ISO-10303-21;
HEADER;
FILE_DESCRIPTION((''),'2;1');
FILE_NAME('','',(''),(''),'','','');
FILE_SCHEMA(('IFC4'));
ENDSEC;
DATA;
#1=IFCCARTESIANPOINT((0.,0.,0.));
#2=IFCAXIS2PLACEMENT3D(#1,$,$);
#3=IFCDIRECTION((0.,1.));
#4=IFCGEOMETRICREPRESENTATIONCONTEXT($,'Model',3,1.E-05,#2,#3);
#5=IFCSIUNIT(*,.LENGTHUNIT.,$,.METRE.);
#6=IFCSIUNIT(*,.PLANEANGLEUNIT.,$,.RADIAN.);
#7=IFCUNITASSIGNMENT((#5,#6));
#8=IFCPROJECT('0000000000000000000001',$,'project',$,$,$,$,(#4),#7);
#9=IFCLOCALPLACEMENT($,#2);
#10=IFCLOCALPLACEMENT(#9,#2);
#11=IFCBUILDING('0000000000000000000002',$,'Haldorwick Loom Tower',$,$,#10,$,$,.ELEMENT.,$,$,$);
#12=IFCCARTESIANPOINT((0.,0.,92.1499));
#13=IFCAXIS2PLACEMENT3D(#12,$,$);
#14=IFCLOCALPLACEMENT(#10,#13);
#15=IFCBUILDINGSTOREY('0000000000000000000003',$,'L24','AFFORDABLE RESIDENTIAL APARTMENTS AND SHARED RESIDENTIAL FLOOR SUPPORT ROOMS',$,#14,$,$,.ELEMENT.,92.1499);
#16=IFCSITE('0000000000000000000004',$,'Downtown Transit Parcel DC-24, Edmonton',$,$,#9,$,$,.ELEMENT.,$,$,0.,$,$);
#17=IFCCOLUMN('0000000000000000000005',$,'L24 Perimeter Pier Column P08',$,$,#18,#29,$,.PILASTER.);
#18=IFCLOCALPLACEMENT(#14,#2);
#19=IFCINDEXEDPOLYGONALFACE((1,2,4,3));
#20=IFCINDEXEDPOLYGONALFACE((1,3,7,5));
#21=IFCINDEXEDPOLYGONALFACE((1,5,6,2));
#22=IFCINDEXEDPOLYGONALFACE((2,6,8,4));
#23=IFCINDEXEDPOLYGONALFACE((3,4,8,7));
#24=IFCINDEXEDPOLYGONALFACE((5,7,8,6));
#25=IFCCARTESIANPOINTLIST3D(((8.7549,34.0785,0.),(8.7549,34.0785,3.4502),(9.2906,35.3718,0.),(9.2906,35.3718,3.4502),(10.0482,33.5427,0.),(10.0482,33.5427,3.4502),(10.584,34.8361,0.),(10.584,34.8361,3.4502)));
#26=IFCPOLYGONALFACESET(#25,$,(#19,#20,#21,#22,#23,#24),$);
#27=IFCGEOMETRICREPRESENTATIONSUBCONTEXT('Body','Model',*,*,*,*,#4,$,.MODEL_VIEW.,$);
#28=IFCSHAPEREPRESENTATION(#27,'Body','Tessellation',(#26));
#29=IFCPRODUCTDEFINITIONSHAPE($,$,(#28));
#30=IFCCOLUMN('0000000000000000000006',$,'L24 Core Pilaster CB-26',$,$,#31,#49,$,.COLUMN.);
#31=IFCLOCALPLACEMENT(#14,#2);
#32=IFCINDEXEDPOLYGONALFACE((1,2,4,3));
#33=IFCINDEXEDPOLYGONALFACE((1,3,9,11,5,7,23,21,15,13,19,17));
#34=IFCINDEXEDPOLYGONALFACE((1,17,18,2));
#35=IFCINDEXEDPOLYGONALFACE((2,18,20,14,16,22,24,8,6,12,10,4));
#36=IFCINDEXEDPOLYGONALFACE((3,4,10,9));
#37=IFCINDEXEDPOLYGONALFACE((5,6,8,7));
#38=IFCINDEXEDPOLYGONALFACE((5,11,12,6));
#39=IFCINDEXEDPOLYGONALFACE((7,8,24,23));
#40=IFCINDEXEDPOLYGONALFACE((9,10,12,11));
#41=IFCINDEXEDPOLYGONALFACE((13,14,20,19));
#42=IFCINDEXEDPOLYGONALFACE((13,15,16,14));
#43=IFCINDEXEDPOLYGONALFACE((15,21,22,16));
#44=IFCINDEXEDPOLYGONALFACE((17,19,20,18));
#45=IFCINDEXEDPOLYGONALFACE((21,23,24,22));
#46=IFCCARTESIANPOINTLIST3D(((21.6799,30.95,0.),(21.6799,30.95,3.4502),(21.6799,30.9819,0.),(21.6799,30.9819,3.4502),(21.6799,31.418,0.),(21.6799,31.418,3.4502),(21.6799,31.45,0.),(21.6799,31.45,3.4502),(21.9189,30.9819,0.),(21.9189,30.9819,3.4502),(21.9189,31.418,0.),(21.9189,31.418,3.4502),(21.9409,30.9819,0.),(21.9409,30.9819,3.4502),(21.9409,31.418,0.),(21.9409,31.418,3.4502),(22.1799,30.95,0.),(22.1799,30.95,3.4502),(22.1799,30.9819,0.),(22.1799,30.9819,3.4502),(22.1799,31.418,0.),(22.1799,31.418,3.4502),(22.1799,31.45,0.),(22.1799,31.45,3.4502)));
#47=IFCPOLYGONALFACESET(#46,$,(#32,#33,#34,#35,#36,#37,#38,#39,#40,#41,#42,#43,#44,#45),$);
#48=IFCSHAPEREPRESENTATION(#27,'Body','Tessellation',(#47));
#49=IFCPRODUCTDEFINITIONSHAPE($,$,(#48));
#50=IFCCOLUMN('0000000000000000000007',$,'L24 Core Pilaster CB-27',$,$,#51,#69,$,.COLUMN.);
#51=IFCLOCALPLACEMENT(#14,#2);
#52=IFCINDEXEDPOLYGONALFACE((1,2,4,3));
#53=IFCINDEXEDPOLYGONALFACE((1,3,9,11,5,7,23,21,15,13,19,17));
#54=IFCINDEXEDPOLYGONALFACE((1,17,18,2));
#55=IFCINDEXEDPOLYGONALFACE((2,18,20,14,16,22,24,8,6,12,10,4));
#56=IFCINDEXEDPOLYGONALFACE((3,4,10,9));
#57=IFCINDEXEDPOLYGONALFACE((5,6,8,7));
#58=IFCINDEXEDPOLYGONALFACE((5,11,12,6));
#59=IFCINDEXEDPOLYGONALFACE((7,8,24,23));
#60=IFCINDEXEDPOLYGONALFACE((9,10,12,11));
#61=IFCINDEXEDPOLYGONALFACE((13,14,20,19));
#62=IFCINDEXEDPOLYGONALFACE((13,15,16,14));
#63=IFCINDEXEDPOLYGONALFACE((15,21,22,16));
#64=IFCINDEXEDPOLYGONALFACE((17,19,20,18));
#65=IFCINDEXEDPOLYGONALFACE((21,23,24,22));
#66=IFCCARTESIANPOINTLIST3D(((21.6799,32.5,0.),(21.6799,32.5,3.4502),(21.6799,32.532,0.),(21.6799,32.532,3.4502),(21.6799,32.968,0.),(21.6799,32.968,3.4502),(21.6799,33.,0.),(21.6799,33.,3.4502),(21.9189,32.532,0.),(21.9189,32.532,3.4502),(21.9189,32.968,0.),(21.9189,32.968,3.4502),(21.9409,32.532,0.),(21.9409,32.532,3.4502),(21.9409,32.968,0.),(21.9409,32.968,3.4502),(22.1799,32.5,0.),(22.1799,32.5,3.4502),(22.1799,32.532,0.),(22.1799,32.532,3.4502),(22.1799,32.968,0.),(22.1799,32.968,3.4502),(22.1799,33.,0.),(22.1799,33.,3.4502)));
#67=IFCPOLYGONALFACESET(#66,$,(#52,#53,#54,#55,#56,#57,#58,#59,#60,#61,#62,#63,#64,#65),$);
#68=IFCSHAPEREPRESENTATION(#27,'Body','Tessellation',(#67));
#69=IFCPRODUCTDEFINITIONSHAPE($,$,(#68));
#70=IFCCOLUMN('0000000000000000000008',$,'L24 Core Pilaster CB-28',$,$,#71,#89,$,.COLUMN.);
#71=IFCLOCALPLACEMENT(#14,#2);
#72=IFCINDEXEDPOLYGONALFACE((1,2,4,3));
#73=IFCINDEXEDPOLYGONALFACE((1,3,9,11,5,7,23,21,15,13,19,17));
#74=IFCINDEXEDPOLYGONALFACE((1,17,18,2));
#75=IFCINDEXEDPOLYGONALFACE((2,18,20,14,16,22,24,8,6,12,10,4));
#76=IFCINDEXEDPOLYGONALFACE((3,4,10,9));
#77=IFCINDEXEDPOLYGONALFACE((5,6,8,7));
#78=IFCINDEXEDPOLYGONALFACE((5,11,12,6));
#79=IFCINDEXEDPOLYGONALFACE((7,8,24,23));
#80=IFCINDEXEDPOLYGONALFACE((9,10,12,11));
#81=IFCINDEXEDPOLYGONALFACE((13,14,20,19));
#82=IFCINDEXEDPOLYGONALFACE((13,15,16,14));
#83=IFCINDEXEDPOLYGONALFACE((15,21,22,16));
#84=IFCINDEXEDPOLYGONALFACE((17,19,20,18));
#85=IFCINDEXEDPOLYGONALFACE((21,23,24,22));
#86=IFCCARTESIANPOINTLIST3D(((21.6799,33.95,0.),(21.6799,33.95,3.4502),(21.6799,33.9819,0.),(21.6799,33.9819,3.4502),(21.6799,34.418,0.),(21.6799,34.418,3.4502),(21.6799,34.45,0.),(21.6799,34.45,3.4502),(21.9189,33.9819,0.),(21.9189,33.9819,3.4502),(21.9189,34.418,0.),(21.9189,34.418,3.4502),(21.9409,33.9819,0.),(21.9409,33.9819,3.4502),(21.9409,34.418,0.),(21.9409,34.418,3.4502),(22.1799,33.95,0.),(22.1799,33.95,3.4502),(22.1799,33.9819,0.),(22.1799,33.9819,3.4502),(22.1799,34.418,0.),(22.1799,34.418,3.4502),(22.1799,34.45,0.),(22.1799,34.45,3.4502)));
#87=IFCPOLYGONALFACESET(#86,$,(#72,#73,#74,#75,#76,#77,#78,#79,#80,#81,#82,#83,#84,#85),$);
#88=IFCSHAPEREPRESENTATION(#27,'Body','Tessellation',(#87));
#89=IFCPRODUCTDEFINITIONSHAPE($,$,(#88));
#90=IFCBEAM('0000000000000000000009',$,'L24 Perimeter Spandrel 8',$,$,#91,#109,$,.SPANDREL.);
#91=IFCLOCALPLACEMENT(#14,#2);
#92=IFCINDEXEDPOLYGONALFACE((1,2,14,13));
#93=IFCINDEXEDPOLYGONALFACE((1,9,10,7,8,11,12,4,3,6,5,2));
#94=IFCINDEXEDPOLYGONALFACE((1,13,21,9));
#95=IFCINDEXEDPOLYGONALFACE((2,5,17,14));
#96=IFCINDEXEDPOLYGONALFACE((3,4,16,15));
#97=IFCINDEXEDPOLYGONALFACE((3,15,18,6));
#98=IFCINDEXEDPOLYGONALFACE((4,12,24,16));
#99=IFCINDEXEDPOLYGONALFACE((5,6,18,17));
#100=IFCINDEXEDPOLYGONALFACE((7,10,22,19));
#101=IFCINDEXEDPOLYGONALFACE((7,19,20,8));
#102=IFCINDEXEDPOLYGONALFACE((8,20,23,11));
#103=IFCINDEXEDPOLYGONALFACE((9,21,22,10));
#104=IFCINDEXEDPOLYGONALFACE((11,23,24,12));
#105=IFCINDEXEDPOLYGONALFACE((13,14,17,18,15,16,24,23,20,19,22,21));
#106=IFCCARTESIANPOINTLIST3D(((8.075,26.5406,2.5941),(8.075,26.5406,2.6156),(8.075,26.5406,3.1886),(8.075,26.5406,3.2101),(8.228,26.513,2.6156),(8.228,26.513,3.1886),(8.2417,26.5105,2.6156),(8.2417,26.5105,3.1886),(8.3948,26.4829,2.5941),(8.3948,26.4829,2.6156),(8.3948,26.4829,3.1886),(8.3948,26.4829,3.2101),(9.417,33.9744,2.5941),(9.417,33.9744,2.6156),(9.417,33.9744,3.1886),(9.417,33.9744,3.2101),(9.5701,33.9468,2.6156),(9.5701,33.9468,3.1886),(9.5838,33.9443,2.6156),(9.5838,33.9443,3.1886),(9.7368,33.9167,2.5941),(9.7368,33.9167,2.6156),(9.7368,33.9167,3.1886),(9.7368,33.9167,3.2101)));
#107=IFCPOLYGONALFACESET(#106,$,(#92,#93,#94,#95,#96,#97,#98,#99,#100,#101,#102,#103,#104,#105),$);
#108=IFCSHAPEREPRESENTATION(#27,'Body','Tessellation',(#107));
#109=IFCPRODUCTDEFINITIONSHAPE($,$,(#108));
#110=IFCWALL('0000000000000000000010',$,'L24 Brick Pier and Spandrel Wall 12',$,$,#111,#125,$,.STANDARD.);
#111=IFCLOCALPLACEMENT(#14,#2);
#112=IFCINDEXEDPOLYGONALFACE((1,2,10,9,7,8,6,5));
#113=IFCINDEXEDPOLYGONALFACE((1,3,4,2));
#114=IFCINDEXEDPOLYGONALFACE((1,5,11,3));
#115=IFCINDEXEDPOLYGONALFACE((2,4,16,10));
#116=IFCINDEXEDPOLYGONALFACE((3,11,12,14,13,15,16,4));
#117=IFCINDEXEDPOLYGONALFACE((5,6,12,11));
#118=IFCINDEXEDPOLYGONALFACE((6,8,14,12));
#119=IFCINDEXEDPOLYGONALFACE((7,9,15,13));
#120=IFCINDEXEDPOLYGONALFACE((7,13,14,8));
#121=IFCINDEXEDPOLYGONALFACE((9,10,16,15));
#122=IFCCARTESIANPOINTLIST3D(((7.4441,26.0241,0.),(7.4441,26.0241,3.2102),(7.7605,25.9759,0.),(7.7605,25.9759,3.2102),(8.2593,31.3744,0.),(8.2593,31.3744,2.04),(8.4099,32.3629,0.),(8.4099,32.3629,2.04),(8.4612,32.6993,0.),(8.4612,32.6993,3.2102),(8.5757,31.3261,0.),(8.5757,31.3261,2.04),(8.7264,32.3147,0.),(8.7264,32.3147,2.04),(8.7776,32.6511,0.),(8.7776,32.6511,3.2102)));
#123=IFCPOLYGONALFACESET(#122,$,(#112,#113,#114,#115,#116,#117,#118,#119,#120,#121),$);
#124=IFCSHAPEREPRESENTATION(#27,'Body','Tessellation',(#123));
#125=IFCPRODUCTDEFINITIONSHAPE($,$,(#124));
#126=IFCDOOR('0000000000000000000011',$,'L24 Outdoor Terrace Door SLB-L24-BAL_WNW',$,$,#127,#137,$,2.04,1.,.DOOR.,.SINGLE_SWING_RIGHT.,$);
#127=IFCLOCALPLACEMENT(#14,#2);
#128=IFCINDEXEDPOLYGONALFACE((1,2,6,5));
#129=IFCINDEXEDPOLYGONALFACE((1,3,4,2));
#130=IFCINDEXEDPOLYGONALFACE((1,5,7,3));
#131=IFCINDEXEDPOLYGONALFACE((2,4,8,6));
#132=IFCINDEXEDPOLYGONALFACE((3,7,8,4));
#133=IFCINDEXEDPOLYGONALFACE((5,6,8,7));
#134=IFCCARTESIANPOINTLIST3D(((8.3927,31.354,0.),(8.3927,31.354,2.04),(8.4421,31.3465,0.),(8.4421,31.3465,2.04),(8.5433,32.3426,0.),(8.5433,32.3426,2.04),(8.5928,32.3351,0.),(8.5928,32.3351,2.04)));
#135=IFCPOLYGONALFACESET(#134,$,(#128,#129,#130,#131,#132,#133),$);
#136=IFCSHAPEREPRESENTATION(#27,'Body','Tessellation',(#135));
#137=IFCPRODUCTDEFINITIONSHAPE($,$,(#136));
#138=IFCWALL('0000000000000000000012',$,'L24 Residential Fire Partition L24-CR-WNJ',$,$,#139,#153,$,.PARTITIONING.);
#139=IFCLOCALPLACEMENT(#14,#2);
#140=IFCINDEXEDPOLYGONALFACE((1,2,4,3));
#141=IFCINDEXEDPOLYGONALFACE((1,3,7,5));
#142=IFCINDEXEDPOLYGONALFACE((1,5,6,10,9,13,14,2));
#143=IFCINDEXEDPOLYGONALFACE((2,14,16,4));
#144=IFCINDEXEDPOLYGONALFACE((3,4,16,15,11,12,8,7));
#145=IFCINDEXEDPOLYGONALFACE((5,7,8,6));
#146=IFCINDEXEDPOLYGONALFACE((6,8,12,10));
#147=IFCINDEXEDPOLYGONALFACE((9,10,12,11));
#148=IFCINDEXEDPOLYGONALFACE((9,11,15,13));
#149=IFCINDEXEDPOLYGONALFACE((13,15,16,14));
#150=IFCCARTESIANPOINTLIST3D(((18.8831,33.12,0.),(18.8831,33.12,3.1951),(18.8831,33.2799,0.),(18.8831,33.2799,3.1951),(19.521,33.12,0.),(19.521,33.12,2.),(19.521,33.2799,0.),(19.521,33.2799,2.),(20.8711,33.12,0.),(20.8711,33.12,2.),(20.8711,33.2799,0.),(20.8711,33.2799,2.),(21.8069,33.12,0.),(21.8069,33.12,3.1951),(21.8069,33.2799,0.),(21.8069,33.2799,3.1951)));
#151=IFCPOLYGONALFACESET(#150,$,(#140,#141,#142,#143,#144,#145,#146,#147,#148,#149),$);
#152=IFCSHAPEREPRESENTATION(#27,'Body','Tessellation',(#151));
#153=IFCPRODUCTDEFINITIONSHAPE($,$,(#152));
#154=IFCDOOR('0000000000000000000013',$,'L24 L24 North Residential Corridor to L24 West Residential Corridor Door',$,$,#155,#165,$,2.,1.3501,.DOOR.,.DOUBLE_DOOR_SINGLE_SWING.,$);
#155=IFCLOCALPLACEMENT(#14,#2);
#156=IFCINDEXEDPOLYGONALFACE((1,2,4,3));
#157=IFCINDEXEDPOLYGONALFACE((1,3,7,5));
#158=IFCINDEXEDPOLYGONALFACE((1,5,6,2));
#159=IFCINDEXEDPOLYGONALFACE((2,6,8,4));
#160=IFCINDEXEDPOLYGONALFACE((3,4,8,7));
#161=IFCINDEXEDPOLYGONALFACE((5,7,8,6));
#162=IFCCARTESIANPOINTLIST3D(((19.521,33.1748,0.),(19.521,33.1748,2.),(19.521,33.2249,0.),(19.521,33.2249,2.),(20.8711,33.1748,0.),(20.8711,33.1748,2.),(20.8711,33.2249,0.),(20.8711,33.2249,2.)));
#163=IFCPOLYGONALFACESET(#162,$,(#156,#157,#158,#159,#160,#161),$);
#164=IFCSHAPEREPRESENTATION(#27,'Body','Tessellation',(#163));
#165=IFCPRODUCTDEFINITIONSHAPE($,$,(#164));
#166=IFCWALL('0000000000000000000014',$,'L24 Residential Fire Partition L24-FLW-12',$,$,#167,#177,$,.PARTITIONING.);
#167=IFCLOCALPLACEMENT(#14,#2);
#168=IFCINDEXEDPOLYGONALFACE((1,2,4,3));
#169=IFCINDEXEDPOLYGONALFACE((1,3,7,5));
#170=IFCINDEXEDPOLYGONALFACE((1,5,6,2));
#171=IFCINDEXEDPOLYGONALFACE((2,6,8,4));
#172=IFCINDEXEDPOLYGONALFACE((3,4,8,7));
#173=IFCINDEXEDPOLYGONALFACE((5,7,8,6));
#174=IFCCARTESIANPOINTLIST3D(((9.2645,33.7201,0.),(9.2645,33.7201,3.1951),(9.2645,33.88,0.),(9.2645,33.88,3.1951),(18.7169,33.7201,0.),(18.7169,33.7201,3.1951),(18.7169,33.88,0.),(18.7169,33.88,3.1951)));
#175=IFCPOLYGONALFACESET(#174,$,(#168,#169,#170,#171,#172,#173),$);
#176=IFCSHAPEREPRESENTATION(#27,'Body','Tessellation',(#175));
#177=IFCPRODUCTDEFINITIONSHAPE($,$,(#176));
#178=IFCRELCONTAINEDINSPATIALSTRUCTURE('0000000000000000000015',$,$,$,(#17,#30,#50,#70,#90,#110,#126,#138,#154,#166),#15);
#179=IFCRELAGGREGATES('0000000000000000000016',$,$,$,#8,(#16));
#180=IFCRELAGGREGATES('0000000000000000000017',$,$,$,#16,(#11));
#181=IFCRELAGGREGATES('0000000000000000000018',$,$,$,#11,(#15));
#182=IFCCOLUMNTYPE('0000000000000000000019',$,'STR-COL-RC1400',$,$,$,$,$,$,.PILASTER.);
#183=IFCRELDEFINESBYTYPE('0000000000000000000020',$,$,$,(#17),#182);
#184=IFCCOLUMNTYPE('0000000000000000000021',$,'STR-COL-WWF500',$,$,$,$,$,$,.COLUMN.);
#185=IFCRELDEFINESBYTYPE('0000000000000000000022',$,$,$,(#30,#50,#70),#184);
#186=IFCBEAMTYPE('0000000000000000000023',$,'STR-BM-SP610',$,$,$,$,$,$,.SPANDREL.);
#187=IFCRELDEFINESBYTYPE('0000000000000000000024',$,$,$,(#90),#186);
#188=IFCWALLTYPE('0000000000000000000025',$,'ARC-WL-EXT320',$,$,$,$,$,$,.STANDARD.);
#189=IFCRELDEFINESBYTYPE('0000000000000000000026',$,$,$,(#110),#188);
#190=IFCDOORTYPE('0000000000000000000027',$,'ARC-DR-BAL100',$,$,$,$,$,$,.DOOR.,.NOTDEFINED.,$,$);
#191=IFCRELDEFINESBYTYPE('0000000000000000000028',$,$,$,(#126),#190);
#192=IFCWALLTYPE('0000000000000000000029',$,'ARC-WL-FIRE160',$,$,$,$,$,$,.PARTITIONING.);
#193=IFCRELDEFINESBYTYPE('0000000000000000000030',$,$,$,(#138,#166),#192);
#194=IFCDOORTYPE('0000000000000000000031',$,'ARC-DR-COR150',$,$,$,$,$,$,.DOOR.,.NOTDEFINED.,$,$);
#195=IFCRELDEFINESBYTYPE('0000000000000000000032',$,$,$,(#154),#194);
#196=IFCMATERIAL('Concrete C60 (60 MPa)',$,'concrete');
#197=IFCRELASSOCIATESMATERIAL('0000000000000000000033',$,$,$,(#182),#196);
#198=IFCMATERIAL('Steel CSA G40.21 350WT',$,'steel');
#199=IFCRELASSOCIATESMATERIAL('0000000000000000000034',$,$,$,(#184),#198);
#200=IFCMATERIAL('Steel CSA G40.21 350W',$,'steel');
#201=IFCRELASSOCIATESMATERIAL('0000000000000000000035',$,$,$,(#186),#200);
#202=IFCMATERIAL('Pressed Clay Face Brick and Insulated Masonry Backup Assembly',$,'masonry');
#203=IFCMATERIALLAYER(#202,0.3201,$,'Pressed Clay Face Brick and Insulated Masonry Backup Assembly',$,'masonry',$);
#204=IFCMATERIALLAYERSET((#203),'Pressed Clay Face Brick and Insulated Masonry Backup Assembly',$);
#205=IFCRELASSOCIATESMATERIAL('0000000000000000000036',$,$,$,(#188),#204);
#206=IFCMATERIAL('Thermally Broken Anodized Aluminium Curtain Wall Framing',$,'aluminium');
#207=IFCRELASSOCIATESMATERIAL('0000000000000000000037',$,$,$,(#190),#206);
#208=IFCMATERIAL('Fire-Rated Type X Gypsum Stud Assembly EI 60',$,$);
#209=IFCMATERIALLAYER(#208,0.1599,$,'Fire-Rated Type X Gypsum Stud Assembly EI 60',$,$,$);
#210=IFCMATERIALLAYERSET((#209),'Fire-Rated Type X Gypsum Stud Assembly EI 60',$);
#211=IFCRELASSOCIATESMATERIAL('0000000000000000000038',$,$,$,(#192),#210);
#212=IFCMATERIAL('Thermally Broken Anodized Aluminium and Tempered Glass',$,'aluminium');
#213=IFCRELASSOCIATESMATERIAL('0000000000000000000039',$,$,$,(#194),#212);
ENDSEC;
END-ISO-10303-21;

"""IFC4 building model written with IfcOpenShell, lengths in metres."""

from ifc_helpers import new_model, si_unit, direction, frame, frame_2d, origin, origin_2d, place, context, subcontext, project, spatial, rectangle, i_section, extrude, material, layer, layer_set, material_profile, profile_set, type_object, element, fill, save


model = new_model("IFC4")

# Units and contexts
model_context = context("Model", 3, precision=1e-05, world=origin(), true_north=direction((0.0, 1.0)))
body_context = subcontext(model_context, "Body", "Model", "MODEL_VIEW")
ifc_project = project(units=[si_unit("LENGTHUNIT", "METRE"), si_unit("PLANEANGLEUNIT", "RADIAN")], contexts=[model_context])

# Site, building, storey
site_placement = place(None, origin())
site = spatial("IfcSite", under=ifc_project, at=site_placement, Name="Downtown Transit Parcel DC-24, Edmonton", CompositionType="ELEMENT", RefElevation=0.0)
building_placement = place(site_placement, origin())
building = spatial("IfcBuilding", under=site, at=building_placement, Name="Haldorwick Loom Tower", CompositionType="ELEMENT")
storey_placement = place(building_placement, frame((0.0, 0.0, 92.1499)))
storey = spatial("IfcBuildingStorey", under=building, at=storey_placement, Name="L24", Description="AFFORDABLE RESIDENTIAL APARTMENTS AND SHARED RESIDENTIAL FLOOR SUPPORT ROOMS", CompositionType="ELEMENT", Elevation=92.1499)

# Columns
ifc_material_1 = material(Name="Concrete C60 (60 MPa)", Category="concrete")
ifc_material_profile_1 = material_profile(ifc_material_1, rectangle(XDim=1.3999, YDim=1.3999, at=origin_2d()), Name="RC1400X1400", Category="concrete")
ifc_profile_set_1 = profile_set([ifc_material_profile_1], Name="Concrete C60 (60 MPa)")
column_type_1 = type_object("IfcColumnType", Name="STR-COL-RC1400", PredefinedType="PILASTER", material=ifc_profile_set_1)
column_placement = place(storey_placement, frame((9.6694, 34.4573, 0.0), z_axis=(0.0, 0.0, 1.0), x_axis=(-0.92388, 0.382683, 0.0)))
element("IfcColumn", 1, at=column_placement, inside=storey, type_object=column_type_1, Name="L24 Perimeter Pier Column P08", PredefinedType="PILASTER", context=body_context, shape_type="SweptSolid", body=[
    extrude(rectangle(XDim=1.3999, YDim=1.3999, at=origin_2d()), origin(), (0.0, 0.0, 1.0), 3.4502),
])
ifc_material_2 = material(Name="Steel CSA G40.21 350WT", Category="steel")
ifc_material_profile_2 = material_profile(ifc_material_2, i_section(OverallWidth=0.5, OverallDepth=0.5, WebThickness=0.022, FlangeThickness=0.032, at=origin_2d()), Name="WWF500X500", Category="steel")
ifc_profile_set_2 = profile_set([ifc_material_profile_2], Name="Steel CSA G40.21 350WT")
column_type_2 = type_object("IfcColumnType", Name="STR-COL-WWF500", PredefinedType="COLUMN", material=ifc_profile_set_2)
for number, where, z_axis, x_axis, name in (
    (2, (21.9299, 31.2, 0.0), (0.0, 0.0, 1.0), (1.0, 0.0, 0.0), "L24 Core Pilaster CB-26"),
    (3, (21.9299, 32.75, 0.0), (0.0, 0.0, 1.0), (1.0, 0.0, 0.0), "L24 Core Pilaster CB-27"),
    (4, (21.9299, 34.2, 0.0), (0.0, 0.0, 1.0), (1.0, 0.0, 0.0), "L24 Core Pilaster CB-28"),
):
    element("IfcColumn", number, at=place(storey_placement, frame(where, z_axis=z_axis, x_axis=x_axis)), inside=storey, type_object=column_type_2, Name=name, PredefinedType="COLUMN", context=body_context, shape_type="SweptSolid", body=[
        extrude(i_section(OverallWidth=0.5, OverallDepth=0.5, WebThickness=0.022, FlangeThickness=0.032, at=origin_2d()), origin(), (0.0, 0.0, 1.0), 3.4502),
    ])

# Beam
ifc_material_3 = material(Name="Steel CSA G40.21 350W", Category="steel")
ifc_material_profile_3 = material_profile(ifc_material_3, i_section(OverallWidth=0.325, OverallDepth=0.616, WebThickness=0.0139, FlangeThickness=0.0215, at=origin_2d()), Name="W610X174", Category="steel")
ifc_profile_set_3 = profile_set([ifc_material_profile_3], Name="Steel CSA G40.21 350W")
beam_type = type_object("IfcBeamType", Name="STR-BM-SP610", PredefinedType="SPANDREL", material=ifc_profile_set_3)
beam_placement = place(storey_placement, frame((9.5769, 33.9456, 2.9021), z_axis=(-0.177659, -0.984092, 0.0), x_axis=(0.984092, -0.177659, 0.0)))
element("IfcBeam", 5, at=beam_placement, inside=storey, type_object=beam_type, Name="L24 Perimeter Spandrel 8", PredefinedType="SPANDREL", context=body_context, shape_type="SweptSolid", body=[
    extrude(i_section(OverallWidth=0.325, OverallDepth=0.616, WebThickness=0.0139, FlangeThickness=0.0215, at=origin_2d()), origin(), (0.0, 0.0, 1.0), 7.554),
])

# Walls, openings, doors
ifc_material_4 = material(Name="Pressed Clay Face Brick and Insulated Masonry Backup Assembly", Category="masonry")
ifc_layer_1 = layer(ifc_material_4, 0.3201, Name="Pressed Clay Face Brick and Insulated Masonry Backup Assembly", Category="masonry")
ifc_layer_set_1 = layer_set([ifc_layer_1], Name="Pressed Clay Face Brick and Insulated Masonry Backup Assembly")
wall_type_1 = type_object("IfcWallType", Name="ARC-WL-EXT320", PredefinedType="STANDARD", material=ifc_layer_set_1)
wall_1_placement = place(storey_placement, frame((8.6194, 32.675, 0.0), z_axis=(0.0, 0.0, 1.0), x_axis=(-0.150633, -0.98859, 0.0)))
wall_1 = element("IfcWall", 6, at=wall_1_placement, inside=storey, type_object=wall_type_1, Name="L24 Brick Pier and Spandrel Wall 12", PredefinedType="STANDARD", context=body_context, shape_type="SweptSolid", body=[
    extrude(rectangle(XDim=6.7522, YDim=0.3201, at=frame_2d((3.376, 0.0))), origin(), (0.0, 0.0, 1.0), 3.2102),
])
opening_1_placement = place(wall_1_placement, frame((0.3401, 0.0, 0.0)))
opening_1 = element("IfcOpeningElement", 7, at=opening_1_placement, cuts=wall_1, PredefinedType="OPENING", context=body_context, shape_type="SweptSolid", body=[
    extrude(rectangle(XDim=1.0, YDim=2.04, at=frame_2d((0.5, 1.02))), frame((0.0, 0.1699, 0.0), z_axis=(0.0, -1.0, 0.0), x_axis=(1.0, 0.0, 0.0)), (0.0, 0.0, 1.0), 0.3401),
])
ifc_material_5 = material(Name="Thermally Broken Anodized Aluminium Curtain Wall Framing", Category="aluminium")
door_type_1 = type_object("IfcDoorType", Name="ARC-DR-BAL100", OperationType="NOTDEFINED", PredefinedType="DOOR", material=ifc_material_5)
door_1_placement = place(opening_1_placement, origin())
door_1 = element("IfcDoor", 8, at=door_1_placement, inside=storey, type_object=door_type_1, Name="L24 Outdoor Terrace Door SLB-L24-BAL_WNW", OperationType="SINGLE_SWING_RIGHT", OverallHeight=2.04, OverallWidth=1.0, PredefinedType="DOOR", context=body_context, shape_type="SweptSolid", body=[
    extrude(rectangle(XDim=1.0, YDim=2.04, at=frame_2d((0.5, 1.02))), frame((0.0, 0.0249, 0.0), z_axis=(0.0, -1.0, 0.0), x_axis=(1.0, 0.0, 0.0)), (0.0, 0.0, 1.0), 0.05),
])
fill(opening_1, door_1)
ifc_material_6 = material(Name="Fire-Rated Type X Gypsum Stud Assembly EI 60")
ifc_layer_2 = layer(ifc_material_6, 0.1599, Name="Fire-Rated Type X Gypsum Stud Assembly EI 60")
ifc_layer_set_2 = layer_set([ifc_layer_2], Name="Fire-Rated Type X Gypsum Stud Assembly EI 60")
wall_type_2 = type_object("IfcWallType", Name="ARC-WL-FIRE160", PredefinedType="PARTITIONING", material=ifc_layer_set_2)
wall_2_placement = place(storey_placement, frame((18.8831, 33.2, 0.0), z_axis=(0.0, 0.0, 1.0), x_axis=(1.0, 0.0, 0.0)))
wall_2 = element("IfcWall", 9, at=wall_2_placement, inside=storey, type_object=wall_type_2, Name="L24 Residential Fire Partition L24-CR-WNJ", PredefinedType="PARTITIONING", context=body_context, shape_type="SweptSolid", body=[
    extrude(rectangle(XDim=2.9238, YDim=0.1599, at=frame_2d((1.4619, 0.0))), origin(), (0.0, 0.0, 1.0), 3.1951),
])
opening_2_placement = place(wall_2_placement, frame((0.6379, 0.0, 0.0)))
opening_2 = element("IfcOpeningElement", 10, at=opening_2_placement, cuts=wall_2, PredefinedType="OPENING", context=body_context, shape_type="SweptSolid", body=[
    extrude(rectangle(XDim=1.3501, YDim=2.0, at=frame_2d((0.675, 1.0))), frame((0.0, 0.0898, 0.0), z_axis=(0.0, -1.0, 0.0), x_axis=(1.0, 0.0, 0.0)), (0.0, 0.0, 1.0), 0.1799),
])
ifc_material_7 = material(Name="Thermally Broken Anodized Aluminium and Tempered Glass", Category="aluminium")
door_type_2 = type_object("IfcDoorType", Name="ARC-DR-COR150", OperationType="NOTDEFINED", PredefinedType="DOOR", material=ifc_material_7)
door_2_placement = place(opening_2_placement, origin())
door_2 = element("IfcDoor", 11, at=door_2_placement, inside=storey, type_object=door_type_2, Name="L24 L24 North Residential Corridor to L24 West Residential Corridor Door", OperationType="DOUBLE_DOOR_SINGLE_SWING", OverallHeight=2.0, OverallWidth=1.3501, PredefinedType="DOOR", context=body_context, shape_type="SweptSolid", body=[
    extrude(rectangle(XDim=1.3501, YDim=2.0, at=frame_2d((0.675, 1.0))), frame((0.0, 0.0249, 0.0), z_axis=(0.0, -1.0, 0.0), x_axis=(1.0, 0.0, 0.0)), (0.0, 0.0, 1.0), 0.05),
])
fill(opening_2, door_2)

# Wall
wall_3_placement = place(storey_placement, frame((9.2646, 33.8, 0.0), z_axis=(0.0, 0.0, 1.0), x_axis=(1.0, 0.0, 0.0)))
element("IfcWall", 12, at=wall_3_placement, inside=storey, type_object=wall_type_2, Name="L24 Residential Fire Partition L24-FLW-12", PredefinedType="PARTITIONING", context=body_context, shape_type="SweptSolid", body=[
    extrude(rectangle(XDim=9.4524, YDim=0.1599, at=frame_2d((4.7261, 0.0))), origin(), (0.0, 0.0, 1.0), 3.1951),
])

save(model, "model.ifc")
